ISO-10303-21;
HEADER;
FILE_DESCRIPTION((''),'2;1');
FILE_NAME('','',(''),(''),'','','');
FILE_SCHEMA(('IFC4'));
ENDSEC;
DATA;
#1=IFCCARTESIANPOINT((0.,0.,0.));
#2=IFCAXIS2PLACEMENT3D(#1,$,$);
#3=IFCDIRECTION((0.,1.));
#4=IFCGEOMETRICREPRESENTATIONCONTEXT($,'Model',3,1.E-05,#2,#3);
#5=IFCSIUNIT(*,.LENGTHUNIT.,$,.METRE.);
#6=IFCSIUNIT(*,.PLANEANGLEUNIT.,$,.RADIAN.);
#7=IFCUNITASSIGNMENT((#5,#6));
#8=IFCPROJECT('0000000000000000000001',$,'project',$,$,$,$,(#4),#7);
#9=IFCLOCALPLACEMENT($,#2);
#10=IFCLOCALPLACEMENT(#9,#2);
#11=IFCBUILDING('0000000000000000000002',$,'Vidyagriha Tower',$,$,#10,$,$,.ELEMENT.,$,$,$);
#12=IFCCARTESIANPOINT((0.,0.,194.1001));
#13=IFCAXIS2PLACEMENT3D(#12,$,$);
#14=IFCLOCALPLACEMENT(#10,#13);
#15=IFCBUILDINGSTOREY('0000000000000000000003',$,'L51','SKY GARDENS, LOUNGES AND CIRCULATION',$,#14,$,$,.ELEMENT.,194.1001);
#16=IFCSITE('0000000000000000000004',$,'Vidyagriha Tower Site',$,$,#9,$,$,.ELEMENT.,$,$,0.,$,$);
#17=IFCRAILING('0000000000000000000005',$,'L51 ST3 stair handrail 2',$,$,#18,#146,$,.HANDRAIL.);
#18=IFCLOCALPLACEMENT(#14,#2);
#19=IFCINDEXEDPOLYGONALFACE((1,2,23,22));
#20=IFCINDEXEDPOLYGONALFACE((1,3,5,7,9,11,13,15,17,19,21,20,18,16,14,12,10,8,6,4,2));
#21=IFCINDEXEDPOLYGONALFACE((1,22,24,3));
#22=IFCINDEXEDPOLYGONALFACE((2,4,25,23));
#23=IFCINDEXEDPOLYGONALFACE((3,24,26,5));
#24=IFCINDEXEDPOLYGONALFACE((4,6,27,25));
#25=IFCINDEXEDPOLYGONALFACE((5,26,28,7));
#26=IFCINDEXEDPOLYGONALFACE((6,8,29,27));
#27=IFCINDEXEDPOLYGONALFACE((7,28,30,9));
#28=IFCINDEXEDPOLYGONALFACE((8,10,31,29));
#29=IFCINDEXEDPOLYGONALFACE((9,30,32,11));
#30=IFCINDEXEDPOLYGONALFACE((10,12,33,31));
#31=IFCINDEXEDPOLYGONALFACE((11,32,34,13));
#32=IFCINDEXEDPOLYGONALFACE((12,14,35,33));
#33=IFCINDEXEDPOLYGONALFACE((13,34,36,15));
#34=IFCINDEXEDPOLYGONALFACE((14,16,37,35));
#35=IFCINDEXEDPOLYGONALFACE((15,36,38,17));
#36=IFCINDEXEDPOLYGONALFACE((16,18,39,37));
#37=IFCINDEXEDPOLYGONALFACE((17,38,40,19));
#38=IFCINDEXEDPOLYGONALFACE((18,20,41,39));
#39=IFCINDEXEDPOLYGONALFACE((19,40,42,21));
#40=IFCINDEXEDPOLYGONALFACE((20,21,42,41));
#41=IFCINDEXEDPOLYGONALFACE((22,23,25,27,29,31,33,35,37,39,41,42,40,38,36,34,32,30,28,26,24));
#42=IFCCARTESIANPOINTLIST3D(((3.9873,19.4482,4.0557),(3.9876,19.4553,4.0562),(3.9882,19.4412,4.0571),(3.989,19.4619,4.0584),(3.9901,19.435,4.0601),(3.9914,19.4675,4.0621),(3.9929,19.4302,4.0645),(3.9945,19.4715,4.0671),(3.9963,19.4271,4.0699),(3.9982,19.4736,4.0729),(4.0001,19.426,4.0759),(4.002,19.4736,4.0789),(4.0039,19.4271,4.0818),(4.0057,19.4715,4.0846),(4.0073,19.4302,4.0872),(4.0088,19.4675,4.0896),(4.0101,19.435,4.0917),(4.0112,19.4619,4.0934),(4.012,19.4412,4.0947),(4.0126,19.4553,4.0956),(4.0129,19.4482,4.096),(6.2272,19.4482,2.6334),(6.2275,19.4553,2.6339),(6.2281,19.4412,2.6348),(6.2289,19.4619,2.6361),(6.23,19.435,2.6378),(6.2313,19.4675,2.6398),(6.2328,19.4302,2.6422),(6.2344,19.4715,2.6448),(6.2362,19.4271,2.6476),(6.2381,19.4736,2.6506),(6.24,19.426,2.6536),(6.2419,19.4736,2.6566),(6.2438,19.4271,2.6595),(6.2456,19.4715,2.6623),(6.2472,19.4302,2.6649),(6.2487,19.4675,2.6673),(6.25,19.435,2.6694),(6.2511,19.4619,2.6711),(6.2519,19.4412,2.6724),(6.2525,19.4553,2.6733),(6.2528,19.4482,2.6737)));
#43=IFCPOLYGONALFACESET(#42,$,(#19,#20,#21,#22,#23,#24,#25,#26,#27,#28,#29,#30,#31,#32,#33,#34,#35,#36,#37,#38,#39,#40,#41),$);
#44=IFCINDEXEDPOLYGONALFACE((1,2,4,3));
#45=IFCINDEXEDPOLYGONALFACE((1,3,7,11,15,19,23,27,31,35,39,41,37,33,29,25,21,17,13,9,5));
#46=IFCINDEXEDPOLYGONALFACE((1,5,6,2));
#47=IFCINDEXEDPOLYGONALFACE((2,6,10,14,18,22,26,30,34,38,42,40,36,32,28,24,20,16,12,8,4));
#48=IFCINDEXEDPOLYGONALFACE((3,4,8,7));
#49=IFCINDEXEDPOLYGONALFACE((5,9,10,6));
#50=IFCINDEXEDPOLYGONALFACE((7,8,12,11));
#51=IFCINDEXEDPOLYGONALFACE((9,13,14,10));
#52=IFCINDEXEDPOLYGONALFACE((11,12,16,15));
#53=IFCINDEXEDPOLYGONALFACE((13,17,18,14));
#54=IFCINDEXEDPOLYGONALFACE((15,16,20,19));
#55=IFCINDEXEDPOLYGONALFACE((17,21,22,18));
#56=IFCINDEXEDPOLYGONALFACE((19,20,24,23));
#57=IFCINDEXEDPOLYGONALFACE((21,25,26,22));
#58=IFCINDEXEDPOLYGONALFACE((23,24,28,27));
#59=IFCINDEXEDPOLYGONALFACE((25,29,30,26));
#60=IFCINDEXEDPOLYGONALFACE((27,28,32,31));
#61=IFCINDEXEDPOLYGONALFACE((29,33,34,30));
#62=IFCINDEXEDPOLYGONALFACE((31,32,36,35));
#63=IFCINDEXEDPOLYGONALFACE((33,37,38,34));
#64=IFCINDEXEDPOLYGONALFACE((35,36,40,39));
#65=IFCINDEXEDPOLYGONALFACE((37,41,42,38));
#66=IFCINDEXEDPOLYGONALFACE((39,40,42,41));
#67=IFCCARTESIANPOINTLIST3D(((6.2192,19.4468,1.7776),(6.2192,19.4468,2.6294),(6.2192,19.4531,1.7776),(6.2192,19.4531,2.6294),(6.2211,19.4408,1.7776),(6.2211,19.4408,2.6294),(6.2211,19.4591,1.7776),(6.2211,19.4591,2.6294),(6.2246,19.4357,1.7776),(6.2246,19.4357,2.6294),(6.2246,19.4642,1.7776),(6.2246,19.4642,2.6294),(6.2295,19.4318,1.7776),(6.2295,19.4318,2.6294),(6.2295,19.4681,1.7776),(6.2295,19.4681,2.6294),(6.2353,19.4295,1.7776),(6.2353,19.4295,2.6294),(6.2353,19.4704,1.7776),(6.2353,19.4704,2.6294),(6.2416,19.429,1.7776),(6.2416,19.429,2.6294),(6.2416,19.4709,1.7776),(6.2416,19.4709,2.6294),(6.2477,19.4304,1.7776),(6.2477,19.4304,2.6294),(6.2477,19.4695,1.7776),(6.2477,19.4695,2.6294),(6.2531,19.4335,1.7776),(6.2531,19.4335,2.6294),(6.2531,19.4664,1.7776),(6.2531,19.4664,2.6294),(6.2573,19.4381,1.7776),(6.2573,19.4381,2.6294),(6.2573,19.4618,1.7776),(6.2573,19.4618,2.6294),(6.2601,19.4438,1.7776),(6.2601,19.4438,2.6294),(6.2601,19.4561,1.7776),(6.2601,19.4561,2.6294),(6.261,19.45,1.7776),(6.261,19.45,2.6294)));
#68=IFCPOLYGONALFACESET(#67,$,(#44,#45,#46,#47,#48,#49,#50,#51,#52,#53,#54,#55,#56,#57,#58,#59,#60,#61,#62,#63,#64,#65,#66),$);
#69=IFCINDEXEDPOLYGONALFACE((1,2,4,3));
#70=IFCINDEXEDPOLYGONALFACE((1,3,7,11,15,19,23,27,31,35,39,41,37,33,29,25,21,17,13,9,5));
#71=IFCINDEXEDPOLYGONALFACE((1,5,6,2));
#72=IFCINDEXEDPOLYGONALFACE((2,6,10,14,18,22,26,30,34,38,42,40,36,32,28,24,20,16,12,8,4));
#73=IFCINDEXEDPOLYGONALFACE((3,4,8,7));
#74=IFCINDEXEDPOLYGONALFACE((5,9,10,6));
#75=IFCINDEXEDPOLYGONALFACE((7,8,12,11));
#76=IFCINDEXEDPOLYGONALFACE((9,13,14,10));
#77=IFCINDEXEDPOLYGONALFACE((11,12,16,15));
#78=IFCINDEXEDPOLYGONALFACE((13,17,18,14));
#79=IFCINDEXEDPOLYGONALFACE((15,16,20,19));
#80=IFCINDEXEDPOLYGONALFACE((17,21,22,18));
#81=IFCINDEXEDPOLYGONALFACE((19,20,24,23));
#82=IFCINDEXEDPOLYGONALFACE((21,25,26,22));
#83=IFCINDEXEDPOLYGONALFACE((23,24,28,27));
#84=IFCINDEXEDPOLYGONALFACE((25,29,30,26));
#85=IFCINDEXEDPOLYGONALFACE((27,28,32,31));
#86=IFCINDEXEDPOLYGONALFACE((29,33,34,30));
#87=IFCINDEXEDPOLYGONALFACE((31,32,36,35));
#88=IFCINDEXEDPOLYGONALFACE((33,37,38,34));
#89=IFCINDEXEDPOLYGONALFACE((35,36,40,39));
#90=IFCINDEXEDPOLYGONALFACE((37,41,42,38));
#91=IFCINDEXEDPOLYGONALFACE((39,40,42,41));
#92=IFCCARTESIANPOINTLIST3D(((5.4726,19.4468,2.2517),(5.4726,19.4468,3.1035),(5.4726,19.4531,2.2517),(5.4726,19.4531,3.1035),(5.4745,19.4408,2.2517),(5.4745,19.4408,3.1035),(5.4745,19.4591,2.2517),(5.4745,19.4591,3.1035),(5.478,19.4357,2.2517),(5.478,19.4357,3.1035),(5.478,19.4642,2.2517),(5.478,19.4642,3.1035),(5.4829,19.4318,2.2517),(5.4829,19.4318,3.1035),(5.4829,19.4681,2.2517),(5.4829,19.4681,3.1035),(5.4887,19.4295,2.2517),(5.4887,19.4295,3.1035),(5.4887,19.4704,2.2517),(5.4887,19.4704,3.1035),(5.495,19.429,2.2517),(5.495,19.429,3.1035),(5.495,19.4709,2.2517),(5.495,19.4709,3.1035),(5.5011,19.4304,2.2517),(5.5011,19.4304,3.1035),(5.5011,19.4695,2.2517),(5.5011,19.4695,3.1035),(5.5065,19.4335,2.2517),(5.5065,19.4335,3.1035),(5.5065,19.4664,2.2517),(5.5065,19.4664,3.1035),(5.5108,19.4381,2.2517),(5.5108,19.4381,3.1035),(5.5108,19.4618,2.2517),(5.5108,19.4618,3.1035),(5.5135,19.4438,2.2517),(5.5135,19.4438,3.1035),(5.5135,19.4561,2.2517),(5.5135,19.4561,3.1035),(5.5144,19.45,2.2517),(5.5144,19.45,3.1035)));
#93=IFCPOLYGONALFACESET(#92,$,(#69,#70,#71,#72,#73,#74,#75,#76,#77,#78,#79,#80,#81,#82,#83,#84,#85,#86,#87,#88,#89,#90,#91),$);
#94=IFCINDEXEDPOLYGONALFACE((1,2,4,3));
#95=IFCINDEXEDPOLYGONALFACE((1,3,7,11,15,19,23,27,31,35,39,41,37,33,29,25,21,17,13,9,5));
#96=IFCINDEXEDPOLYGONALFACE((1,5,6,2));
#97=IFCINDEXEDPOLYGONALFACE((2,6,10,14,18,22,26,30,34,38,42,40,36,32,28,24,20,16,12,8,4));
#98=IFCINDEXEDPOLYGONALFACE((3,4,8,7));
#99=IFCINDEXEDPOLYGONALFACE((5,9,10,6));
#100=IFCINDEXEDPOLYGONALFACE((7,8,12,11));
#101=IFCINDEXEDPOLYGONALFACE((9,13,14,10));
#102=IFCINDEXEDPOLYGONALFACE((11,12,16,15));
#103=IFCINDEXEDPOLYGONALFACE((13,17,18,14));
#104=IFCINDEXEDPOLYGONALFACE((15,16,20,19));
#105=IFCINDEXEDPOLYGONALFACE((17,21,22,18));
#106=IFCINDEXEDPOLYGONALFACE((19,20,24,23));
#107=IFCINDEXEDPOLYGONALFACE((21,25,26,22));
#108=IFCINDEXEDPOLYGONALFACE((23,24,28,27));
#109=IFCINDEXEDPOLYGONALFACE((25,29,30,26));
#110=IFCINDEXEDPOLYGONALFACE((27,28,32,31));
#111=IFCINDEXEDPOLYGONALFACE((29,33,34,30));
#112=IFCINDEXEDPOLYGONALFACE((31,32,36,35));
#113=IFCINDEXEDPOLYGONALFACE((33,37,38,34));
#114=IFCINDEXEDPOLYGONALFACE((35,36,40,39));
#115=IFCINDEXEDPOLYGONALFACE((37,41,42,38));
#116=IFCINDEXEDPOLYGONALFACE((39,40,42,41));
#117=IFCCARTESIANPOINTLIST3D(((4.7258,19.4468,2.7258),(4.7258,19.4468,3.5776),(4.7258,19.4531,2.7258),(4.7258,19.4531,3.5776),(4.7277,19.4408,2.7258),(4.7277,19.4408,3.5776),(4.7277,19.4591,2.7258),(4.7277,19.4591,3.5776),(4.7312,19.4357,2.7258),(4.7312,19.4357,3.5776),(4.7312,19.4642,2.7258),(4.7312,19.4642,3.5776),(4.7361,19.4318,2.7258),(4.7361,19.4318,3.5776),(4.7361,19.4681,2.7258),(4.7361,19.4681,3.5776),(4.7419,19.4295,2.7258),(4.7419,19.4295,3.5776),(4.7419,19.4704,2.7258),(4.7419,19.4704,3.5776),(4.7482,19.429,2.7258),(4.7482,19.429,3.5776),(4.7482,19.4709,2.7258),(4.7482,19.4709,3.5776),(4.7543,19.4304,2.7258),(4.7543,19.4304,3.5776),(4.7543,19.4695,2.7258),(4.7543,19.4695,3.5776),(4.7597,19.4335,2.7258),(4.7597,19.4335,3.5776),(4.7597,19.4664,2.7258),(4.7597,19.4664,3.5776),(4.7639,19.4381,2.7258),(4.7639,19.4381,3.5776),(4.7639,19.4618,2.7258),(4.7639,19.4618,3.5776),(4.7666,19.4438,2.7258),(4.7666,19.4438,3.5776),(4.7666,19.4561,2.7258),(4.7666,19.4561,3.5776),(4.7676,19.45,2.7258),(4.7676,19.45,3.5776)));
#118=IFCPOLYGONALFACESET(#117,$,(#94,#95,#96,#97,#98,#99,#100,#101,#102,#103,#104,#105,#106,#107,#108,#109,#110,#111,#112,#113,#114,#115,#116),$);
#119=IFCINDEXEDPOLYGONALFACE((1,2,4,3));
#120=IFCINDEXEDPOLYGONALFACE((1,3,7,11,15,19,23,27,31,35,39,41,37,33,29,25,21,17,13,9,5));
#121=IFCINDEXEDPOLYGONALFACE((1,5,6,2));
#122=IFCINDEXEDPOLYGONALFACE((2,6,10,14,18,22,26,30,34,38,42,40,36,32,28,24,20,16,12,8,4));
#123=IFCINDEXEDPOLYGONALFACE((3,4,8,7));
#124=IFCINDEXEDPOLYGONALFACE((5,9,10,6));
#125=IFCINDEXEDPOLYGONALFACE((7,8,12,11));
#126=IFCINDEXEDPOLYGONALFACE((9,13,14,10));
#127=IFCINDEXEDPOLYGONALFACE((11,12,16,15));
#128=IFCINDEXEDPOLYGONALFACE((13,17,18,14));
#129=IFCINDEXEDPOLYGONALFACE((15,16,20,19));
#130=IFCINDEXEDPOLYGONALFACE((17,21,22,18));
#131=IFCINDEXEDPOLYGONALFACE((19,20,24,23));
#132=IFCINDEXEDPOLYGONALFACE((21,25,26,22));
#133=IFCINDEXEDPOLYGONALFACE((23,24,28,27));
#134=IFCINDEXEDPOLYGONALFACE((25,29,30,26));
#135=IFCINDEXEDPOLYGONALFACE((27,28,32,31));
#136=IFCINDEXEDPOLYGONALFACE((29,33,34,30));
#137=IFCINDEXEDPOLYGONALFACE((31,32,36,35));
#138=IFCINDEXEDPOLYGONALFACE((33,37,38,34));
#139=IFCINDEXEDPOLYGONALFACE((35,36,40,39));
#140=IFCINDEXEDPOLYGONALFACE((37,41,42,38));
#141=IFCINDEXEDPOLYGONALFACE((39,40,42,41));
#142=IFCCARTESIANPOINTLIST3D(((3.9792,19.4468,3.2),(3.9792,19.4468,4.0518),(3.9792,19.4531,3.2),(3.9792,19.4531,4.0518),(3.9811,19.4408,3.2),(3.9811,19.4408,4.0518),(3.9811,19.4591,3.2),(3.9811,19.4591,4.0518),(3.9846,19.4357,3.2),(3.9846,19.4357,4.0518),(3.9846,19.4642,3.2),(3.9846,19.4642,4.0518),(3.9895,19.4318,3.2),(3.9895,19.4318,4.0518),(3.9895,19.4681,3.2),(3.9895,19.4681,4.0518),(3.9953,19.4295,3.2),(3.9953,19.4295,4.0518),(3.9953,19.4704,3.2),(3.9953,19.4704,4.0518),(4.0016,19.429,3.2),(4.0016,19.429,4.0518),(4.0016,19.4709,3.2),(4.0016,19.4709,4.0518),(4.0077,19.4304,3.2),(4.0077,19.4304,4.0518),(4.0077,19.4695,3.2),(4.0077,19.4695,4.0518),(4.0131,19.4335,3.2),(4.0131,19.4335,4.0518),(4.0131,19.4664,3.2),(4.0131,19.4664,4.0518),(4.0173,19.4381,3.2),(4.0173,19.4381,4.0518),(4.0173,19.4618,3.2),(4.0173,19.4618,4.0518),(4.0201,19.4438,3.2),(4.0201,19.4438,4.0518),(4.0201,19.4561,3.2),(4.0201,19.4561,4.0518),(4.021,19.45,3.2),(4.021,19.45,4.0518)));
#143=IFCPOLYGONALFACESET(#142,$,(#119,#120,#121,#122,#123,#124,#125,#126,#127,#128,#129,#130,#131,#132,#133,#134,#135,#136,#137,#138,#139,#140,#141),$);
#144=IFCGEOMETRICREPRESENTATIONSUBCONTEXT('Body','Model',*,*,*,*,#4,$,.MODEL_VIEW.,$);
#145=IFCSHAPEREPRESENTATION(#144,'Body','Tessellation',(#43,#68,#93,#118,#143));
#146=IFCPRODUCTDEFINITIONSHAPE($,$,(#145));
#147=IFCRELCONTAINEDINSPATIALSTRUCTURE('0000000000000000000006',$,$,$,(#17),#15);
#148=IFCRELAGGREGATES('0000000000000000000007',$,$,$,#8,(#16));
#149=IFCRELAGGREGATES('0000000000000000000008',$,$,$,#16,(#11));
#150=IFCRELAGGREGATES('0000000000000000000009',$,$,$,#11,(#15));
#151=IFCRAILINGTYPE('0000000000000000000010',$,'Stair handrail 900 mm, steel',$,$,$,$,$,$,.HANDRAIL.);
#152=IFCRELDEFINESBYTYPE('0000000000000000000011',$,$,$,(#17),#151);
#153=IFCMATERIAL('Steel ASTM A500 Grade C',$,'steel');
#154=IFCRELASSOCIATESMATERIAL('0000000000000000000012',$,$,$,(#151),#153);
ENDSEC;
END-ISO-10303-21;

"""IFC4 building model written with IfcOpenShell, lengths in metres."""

from ifc_helpers import new_model, si_unit, direction, frame, origin, origin_2d, place, context, subcontext, project, spatial, circle, extrude, material, type_object, element, save


model = new_model("IFC4")

# Units and contexts
model_context = context("Model", 3, precision=1e-05, world=origin(), true_north=direction((0.0, 1.0)))
body_context = subcontext(model_context, "Body", "Model", "MODEL_VIEW")
ifc_project = project(units=[si_unit("LENGTHUNIT", "METRE"), si_unit("PLANEANGLEUNIT", "RADIAN")], contexts=[model_context])

# Site, building, storey
site_placement = place(None, origin())
site = spatial("IfcSite", under=ifc_project, at=site_placement, Name="Vidyagriha Tower Site", CompositionType="ELEMENT", RefElevation=0.0)
building_placement = place(site_placement, origin())
building = spatial("IfcBuilding", under=site, at=building_placement, Name="Vidyagriha Tower", CompositionType="ELEMENT")
storey_placement = place(building_placement, frame((0.0, 0.0, 194.1001)))
storey = spatial("IfcBuildingStorey", under=building, at=storey_placement, Name="L51", Description="SKY GARDENS, LOUNGES AND CIRCULATION", CompositionType="ELEMENT", Elevation=194.1001)

# Railing
ifc_material_1 = material(Name="Steel ASTM A500 Grade C", Category="steel")
railing_type_1 = type_object("IfcRailingType", Name="Stair handrail 900 mm, steel", PredefinedType="HANDRAIL", material=ifc_material_1)
railing_1_placement = place(storey_placement, frame((6.24, 19.45, 1.7776)))
element("IfcRailing", 1, at=railing_1_placement, inside=storey, type_object=railing_type_1, Name="L51 ST3 stair handrail 2", PredefinedType="HANDRAIL", context=body_context, shape_type="SweptSolid", body=[
    extrude(circle(Radius=0.0239, at=origin_2d()), frame((0.0, 0.0, 0.876), z_axis=(-0.844188, 0.0, 0.536048), x_axis=(0.0, -1.0, 0.0)), (0.0, 0.0, 1.0), 2.6533),
    extrude(circle(Radius=0.021, at=origin_2d()), origin(), (0.0, 0.0, 1.0), 0.8518),
    extrude(circle(Radius=0.021, at=origin_2d()), frame((-0.7466, 0.0, 0.4741)), (0.0, 0.0, 1.0), 0.8518),
    extrude(circle(Radius=0.021, at=origin_2d()), frame((-1.4934, 0.0, 0.9482)), (0.0, 0.0, 1.0), 0.8518),
    extrude(circle(Radius=0.021, at=origin_2d()), frame((-2.24, 0.0, 1.4224)), (0.0, 0.0, 1.0), 0.8518),
])

save(model, "model.ifc")
